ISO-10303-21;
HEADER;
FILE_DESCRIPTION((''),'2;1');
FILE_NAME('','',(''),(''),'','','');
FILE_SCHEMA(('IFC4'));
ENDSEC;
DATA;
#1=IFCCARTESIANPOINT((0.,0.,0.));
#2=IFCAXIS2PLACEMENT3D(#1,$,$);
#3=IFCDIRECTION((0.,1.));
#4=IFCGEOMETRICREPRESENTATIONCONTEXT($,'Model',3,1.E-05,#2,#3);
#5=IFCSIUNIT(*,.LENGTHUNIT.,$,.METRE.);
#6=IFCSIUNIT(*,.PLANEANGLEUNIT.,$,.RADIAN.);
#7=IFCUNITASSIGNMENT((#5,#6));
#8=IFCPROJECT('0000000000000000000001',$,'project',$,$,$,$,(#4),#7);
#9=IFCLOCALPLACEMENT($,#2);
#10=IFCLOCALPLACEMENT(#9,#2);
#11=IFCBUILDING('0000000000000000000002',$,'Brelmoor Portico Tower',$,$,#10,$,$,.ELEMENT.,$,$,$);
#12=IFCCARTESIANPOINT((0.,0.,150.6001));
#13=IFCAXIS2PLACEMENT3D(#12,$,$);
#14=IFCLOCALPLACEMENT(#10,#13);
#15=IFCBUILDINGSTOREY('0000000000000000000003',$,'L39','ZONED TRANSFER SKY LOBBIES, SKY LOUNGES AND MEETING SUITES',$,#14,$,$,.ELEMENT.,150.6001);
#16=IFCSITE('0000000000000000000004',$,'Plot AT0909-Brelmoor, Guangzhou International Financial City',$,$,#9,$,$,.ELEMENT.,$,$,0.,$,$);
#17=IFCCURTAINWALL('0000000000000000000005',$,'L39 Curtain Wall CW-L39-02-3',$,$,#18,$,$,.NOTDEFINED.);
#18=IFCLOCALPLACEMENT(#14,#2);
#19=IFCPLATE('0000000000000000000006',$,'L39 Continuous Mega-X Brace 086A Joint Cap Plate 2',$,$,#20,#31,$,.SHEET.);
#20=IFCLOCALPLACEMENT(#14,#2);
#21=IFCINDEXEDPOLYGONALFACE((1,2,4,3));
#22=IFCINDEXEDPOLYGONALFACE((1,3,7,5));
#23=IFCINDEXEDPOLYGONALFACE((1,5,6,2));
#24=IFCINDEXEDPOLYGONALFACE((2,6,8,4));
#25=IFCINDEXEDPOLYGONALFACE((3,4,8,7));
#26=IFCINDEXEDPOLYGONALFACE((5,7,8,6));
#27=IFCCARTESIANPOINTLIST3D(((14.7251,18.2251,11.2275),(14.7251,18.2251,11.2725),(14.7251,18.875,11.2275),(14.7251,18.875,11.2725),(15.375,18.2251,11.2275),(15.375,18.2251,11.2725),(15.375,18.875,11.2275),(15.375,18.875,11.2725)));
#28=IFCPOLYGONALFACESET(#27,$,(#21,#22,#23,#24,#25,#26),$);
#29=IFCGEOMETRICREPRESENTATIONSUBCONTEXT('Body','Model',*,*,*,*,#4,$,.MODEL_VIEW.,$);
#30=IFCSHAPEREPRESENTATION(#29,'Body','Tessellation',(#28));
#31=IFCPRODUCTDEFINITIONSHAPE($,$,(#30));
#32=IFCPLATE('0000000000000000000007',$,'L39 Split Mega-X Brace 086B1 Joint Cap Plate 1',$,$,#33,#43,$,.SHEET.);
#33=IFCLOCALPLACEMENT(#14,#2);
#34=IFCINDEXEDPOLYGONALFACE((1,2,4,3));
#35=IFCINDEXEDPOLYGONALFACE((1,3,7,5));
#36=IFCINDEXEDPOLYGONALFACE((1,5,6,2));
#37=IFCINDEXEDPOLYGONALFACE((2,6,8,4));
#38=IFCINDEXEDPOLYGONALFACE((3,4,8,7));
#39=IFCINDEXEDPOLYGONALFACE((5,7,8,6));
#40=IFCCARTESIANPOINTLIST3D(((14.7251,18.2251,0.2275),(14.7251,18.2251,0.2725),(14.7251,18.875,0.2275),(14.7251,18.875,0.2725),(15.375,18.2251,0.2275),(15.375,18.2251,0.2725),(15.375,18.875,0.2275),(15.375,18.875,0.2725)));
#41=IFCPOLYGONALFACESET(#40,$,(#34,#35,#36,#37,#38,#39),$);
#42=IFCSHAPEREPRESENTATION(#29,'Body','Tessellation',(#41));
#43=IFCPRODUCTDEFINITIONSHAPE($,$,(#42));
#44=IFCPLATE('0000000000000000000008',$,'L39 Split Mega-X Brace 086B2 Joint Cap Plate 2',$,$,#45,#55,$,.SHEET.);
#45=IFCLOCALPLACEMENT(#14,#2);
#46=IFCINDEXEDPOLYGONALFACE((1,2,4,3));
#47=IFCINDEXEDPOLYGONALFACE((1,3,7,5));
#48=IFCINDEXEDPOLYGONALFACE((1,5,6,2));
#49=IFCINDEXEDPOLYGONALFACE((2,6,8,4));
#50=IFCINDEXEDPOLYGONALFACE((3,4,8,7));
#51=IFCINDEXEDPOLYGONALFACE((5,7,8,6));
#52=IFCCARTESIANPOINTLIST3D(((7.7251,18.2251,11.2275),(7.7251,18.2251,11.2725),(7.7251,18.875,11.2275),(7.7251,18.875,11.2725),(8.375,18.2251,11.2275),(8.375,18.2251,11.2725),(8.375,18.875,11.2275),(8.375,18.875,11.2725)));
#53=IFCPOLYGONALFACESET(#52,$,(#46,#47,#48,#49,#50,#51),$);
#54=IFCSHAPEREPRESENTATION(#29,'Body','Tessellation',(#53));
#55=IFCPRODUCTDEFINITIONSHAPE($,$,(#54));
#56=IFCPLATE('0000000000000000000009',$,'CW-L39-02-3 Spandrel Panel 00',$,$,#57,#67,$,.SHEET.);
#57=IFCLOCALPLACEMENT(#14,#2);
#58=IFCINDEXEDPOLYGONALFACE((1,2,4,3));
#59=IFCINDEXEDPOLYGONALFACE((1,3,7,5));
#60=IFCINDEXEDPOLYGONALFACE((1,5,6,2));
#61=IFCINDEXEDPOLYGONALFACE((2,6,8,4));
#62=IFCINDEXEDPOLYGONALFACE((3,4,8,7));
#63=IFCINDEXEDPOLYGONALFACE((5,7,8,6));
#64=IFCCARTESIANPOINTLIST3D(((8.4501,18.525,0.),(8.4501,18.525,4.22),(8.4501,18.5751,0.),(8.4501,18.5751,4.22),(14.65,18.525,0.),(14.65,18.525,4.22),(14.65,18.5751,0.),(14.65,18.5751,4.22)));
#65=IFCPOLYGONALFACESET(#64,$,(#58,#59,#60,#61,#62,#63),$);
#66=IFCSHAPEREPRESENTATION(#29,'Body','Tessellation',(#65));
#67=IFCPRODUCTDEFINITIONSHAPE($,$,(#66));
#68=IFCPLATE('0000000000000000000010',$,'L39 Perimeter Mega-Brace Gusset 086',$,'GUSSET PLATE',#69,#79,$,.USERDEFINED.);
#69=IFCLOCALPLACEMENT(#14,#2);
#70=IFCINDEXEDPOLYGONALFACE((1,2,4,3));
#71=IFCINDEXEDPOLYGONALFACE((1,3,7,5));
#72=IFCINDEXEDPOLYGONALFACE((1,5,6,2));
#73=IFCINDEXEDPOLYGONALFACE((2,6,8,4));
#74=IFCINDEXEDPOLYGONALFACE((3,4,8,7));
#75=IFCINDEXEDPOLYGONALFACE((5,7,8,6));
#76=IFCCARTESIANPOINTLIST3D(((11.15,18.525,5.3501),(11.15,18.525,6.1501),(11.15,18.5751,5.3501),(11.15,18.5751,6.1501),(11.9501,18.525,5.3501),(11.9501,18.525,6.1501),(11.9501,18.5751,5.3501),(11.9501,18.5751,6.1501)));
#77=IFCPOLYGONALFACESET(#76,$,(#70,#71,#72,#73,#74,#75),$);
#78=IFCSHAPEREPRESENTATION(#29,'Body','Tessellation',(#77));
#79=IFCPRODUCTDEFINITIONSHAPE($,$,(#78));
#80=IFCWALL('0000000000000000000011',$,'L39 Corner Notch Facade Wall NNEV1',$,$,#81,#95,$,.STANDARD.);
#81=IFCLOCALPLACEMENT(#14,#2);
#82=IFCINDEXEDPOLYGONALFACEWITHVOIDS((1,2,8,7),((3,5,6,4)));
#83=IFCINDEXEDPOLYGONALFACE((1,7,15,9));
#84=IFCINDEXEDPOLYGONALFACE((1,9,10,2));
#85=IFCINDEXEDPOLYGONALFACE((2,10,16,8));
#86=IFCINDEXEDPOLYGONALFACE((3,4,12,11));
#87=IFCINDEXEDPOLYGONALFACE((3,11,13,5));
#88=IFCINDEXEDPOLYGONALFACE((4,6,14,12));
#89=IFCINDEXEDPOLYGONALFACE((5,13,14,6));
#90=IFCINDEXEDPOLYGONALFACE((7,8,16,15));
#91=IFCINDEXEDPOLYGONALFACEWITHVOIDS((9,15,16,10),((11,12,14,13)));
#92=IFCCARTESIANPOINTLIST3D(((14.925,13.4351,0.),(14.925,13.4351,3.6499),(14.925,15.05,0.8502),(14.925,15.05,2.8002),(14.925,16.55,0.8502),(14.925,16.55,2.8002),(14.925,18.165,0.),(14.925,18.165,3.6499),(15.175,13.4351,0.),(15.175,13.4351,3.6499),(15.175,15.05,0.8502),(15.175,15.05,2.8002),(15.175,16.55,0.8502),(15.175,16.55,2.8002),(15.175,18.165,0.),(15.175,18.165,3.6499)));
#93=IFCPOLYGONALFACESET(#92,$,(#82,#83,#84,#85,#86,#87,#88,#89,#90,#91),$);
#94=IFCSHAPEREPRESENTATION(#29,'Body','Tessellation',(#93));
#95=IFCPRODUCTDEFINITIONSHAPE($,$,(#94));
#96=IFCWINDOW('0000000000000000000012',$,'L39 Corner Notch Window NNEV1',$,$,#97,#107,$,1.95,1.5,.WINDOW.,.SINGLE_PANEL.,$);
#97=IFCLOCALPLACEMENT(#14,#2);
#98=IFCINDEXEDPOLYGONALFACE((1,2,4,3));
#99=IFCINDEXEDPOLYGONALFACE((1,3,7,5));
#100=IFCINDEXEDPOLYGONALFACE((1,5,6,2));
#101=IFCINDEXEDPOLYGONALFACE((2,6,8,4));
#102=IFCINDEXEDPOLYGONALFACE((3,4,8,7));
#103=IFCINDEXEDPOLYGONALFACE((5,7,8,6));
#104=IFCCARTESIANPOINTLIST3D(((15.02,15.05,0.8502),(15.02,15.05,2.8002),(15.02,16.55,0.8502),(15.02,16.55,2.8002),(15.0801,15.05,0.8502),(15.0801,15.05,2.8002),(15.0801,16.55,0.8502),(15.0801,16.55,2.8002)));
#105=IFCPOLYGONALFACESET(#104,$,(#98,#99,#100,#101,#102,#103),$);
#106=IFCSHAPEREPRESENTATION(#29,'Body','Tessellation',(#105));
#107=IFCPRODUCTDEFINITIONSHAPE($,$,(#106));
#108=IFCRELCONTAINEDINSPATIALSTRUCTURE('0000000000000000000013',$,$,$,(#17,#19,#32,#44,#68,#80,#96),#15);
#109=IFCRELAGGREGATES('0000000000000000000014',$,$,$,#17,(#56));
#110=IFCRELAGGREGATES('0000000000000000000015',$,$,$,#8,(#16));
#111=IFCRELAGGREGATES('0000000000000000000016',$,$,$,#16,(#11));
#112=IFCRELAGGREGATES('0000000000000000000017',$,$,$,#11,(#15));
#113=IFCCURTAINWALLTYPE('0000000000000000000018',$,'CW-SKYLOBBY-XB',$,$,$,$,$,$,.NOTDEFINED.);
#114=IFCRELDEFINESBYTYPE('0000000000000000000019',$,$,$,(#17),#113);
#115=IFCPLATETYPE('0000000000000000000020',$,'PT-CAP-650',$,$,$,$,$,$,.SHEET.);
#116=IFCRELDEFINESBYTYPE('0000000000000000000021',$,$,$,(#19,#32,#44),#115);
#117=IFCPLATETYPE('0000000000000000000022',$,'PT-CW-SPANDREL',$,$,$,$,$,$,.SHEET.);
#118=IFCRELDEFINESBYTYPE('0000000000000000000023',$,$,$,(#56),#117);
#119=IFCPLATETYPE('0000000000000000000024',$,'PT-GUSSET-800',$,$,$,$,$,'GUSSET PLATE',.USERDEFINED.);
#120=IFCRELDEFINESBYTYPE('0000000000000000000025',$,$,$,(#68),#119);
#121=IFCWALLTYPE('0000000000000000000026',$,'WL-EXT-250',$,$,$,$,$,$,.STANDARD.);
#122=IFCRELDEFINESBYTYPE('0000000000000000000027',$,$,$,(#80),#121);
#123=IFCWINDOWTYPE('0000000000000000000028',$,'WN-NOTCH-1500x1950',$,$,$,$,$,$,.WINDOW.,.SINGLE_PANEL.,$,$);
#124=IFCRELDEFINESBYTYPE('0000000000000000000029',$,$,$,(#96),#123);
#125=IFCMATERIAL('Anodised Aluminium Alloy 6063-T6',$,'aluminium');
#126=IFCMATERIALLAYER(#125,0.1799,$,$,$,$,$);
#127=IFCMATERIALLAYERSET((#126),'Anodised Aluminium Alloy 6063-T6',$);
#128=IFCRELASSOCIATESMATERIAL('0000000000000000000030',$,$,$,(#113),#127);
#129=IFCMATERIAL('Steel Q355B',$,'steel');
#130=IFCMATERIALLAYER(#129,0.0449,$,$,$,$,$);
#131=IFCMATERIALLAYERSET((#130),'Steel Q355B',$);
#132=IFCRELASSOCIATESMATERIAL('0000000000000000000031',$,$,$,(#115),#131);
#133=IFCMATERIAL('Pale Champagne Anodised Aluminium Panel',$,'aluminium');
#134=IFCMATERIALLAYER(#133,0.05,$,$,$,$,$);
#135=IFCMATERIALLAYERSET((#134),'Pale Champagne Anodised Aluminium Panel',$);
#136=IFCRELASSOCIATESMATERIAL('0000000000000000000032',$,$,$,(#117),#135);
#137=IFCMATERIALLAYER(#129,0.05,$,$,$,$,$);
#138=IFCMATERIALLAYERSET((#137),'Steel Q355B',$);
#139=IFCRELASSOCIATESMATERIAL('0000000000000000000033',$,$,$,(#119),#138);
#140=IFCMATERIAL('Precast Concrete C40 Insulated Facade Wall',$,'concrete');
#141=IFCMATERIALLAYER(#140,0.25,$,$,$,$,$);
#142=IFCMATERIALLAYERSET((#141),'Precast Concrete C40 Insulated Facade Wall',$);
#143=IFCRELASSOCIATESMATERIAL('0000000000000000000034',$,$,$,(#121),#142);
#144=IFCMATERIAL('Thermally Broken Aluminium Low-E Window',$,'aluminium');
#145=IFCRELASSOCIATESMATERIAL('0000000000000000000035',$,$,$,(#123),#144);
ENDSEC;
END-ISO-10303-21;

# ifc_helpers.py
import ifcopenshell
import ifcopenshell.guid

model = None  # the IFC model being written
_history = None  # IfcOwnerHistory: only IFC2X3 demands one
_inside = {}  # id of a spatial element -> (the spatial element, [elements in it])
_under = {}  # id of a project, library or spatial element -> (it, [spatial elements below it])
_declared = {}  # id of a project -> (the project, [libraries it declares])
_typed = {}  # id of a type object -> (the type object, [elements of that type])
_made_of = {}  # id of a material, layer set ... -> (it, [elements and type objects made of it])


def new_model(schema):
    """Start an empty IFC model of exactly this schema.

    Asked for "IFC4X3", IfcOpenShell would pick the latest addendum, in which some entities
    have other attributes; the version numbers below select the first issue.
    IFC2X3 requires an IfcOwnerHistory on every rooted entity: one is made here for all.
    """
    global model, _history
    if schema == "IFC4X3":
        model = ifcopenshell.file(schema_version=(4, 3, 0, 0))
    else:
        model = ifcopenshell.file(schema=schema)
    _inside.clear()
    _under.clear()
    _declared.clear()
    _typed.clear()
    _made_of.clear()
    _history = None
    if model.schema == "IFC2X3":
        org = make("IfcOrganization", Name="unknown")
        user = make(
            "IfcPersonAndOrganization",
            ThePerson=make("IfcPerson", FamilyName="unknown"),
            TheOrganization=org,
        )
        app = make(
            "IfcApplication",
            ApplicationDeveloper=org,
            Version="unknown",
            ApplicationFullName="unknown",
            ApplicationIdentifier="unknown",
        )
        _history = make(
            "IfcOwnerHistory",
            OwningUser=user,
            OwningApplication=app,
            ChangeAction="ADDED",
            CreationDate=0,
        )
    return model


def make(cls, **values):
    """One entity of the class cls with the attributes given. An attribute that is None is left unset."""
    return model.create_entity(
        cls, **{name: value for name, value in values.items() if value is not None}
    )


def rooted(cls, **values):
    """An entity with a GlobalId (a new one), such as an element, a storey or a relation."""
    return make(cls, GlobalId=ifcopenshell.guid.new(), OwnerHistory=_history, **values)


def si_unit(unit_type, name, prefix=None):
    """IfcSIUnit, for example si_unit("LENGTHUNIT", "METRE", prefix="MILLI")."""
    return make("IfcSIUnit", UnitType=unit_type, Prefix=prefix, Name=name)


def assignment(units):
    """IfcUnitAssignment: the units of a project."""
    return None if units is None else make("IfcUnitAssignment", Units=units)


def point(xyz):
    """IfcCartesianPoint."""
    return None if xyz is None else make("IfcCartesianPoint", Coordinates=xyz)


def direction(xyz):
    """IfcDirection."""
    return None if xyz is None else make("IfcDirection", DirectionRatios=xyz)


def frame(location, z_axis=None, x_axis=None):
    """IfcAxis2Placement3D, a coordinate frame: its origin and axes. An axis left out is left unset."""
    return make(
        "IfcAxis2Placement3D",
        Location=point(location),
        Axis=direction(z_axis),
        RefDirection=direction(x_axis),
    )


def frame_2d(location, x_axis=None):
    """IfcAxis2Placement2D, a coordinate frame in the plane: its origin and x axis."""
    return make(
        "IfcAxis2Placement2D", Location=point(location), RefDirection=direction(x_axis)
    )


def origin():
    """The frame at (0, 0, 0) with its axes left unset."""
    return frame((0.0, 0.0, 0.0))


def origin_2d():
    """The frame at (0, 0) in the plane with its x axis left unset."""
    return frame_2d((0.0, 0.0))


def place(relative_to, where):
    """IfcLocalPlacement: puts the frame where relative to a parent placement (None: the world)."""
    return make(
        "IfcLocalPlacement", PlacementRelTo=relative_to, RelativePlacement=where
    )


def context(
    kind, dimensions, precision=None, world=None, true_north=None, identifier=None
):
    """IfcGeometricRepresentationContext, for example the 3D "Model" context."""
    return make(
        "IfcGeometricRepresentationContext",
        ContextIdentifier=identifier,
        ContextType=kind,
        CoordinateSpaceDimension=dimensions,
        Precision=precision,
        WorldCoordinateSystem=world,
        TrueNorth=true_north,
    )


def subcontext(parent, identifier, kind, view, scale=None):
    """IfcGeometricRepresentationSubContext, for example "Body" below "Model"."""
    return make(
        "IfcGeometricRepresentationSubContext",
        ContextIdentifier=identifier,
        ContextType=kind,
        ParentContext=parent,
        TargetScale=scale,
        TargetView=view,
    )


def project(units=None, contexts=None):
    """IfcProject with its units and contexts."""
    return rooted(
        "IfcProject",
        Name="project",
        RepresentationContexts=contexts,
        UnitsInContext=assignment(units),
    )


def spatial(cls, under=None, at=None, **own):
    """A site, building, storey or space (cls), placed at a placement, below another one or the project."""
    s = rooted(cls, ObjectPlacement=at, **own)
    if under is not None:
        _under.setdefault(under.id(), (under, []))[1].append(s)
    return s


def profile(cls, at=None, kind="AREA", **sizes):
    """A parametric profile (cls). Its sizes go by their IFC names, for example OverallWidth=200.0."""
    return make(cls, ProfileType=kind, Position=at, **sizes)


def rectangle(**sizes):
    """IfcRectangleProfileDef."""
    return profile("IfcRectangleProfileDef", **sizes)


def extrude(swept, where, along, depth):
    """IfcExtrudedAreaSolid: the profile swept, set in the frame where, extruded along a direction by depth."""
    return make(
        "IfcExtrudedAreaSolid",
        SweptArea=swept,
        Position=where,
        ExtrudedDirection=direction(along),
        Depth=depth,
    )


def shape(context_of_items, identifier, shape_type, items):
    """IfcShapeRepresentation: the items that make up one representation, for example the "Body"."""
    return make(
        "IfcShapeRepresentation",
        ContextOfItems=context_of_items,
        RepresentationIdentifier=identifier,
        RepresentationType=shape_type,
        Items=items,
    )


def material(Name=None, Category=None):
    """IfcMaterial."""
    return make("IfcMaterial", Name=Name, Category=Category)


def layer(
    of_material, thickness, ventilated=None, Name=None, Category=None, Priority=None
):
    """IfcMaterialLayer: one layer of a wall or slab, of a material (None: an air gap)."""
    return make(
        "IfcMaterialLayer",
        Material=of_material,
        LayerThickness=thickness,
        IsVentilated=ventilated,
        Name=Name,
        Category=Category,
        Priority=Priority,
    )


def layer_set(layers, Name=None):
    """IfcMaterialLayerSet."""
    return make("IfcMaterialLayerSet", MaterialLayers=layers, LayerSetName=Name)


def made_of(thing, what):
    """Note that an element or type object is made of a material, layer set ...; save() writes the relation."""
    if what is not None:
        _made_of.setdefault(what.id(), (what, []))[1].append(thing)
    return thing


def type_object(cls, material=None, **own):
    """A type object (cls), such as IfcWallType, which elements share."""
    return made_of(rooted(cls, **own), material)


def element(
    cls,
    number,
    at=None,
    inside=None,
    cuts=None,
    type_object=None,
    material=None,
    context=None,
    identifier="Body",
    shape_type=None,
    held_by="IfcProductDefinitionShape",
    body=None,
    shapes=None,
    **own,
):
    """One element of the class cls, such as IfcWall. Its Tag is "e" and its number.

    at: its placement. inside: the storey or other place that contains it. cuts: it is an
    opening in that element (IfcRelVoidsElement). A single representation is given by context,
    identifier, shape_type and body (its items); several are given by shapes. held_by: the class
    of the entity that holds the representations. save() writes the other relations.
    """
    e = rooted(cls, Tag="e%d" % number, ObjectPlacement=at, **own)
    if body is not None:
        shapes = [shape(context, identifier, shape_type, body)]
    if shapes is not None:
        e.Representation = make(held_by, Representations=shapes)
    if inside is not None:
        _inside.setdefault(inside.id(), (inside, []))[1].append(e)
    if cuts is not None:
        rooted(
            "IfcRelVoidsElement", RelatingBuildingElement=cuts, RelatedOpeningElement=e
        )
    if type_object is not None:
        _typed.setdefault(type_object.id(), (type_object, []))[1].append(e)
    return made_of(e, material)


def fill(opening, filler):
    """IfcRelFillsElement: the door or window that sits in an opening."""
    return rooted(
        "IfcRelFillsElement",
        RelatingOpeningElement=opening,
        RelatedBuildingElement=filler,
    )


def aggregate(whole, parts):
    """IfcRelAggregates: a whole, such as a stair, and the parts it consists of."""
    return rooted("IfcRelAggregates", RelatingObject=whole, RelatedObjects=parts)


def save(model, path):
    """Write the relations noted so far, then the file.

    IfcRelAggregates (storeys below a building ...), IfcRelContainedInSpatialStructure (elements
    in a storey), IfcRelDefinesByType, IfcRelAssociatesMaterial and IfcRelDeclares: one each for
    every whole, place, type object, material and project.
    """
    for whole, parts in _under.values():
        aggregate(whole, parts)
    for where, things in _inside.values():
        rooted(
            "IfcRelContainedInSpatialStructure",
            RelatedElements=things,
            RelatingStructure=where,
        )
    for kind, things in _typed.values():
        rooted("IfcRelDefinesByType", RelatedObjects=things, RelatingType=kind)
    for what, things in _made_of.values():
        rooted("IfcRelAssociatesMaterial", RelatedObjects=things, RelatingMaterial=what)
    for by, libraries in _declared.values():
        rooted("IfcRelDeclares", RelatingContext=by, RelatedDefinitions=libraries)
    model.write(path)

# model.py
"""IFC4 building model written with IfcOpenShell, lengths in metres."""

from ifc_helpers import new_model, si_unit, direction, frame, frame_2d, origin, origin_2d, place, context, subcontext, project, spatial, rectangle, extrude, material, layer, layer_set, type_object, element, fill, aggregate, save


model = new_model("IFC4")

# Units and contexts
model_context = context("Model", 3, precision=1e-05, world=origin(), true_north=direction((0.0, 1.0)))
body_context = subcontext(model_context, "Body", "Model", "MODEL_VIEW")
ifc_project = project(units=[si_unit("LENGTHUNIT", "METRE"), si_unit("PLANEANGLEUNIT", "RADIAN")], contexts=[model_context])

# Site, building, storey
site_placement = place(None, origin())
site = spatial("IfcSite", under=ifc_project, at=site_placement, Name="Plot AT0909-Brelmoor, Guangzhou International Financial City", CompositionType="ELEMENT", RefElevation=0.0)
building_placement = place(site_placement, origin())
building = spatial("IfcBuilding", under=site, at=building_placement, Name="Brelmoor Portico Tower", CompositionType="ELEMENT")
storey_placement = place(building_placement, frame((0.0, 0.0, 150.6001)))
storey = spatial("IfcBuildingStorey", under=building, at=storey_placement, Name="L39", Description="ZONED TRANSFER SKY LOBBIES, SKY LOUNGES AND MEETING SUITES", CompositionType="ELEMENT", Elevation=150.6001)

# Shared definitions
ifc_material_1 = material(Name="Steel Q355B", Category="steel")

# Shared definitions
ifc_material_2 = material(Name="Anodised Aluminium Alloy 6063-T6", Category="aluminium")

# Curtain wall
ifc_layer_1 = layer(ifc_material_2, 0.1799)
ifc_layer_set_1 = layer_set([ifc_layer_1], Name="Anodised Aluminium Alloy 6063-T6")
curtain_wall_type_1 = type_object("IfcCurtainWallType", Name="CW-SKYLOBBY-XB", PredefinedType="NOTDEFINED", material=ifc_layer_set_1)
curtain_wall_1_placement = place(storey_placement, origin())
curtain_wall_1 = element("IfcCurtainWall", 1, at=curtain_wall_1_placement, inside=storey, type_object=curtain_wall_type_1, Name="L39 Curtain Wall CW-L39-02-3", PredefinedType="NOTDEFINED")

# Plates
ifc_layer_2 = layer(ifc_material_1, 0.0449)
ifc_layer_set_2 = layer_set([ifc_layer_2], Name="Steel Q355B")
plate_type_1 = type_object("IfcPlateType", Name="PT-CAP-650", PredefinedType="SHEET", material=ifc_layer_set_2)
for number, where, z_axis, x_axis, name in (
    (2, (15.05, 18.55, 11.2275), (0.0, 0.0, 1.0), (1.0, 0.0, 0.0), "L39 Continuous Mega-X Brace 086A Joint Cap Plate 2"),
    (3, (15.05, 18.55, 0.2275), (0.0, 0.0, 1.0), (1.0, 0.0, 0.0), "L39 Split Mega-X Brace 086B1 Joint Cap Plate 1"),
    (4, (8.05, 18.55, 11.2275), (0.0, 0.0, 1.0), (1.0, 0.0, 0.0), "L39 Split Mega-X Brace 086B2 Joint Cap Plate 2"),
):
    element("IfcPlate", number, at=place(storey_placement, frame(where, z_axis=z_axis, x_axis=x_axis)), inside=storey, type_object=plate_type_1, Name=name, PredefinedType="SHEET", context=body_context, shape_type="SweptSolid", body=[
        extrude(rectangle(XDim=0.6499, YDim=0.6499, at=origin_2d()), origin(), (0.0, 0.0, 1.0), 0.0449),
    ])

# Plates
ifc_material_3 = material(Name="Pale Champagne Anodised Aluminium Panel", Category="aluminium")
ifc_layer_3 = layer(ifc_material_3, 0.05)
ifc_layer_set_3 = layer_set([ifc_layer_3], Name="Pale Champagne Anodised Aluminium Panel")
plate_type_2 = type_object("IfcPlateType", Name="PT-CW-SPANDREL", PredefinedType="SHEET", material=ifc_layer_set_3)
plate_1_placement = place(storey_placement, frame((11.55, 18.55, 0.0), z_axis=(0.0, 0.0, 1.0), x_axis=(1.0, 0.0, 0.0)))
plate_1 = element("IfcPlate", 5, at=plate_1_placement, type_object=plate_type_2, Name="CW-L39-02-3 Spandrel Panel 00", PredefinedType="SHEET", context=body_context, shape_type="SweptSolid", body=[
    extrude(rectangle(XDim=6.2, YDim=0.05, at=origin_2d()), origin(), (0.0, 0.0, 1.0), 4.22),
])
aggregate(curtain_wall_1, [plate_1])
ifc_layer_4 = layer(ifc_material_1, 0.05)
ifc_layer_set_4 = layer_set([ifc_layer_4], Name="Steel Q355B")
plate_type_3 = type_object("IfcPlateType", Name="PT-GUSSET-800", ElementType="GUSSET PLATE", PredefinedType="USERDEFINED", material=ifc_layer_set_4)
plate_2_placement = place(storey_placement, frame((11.55, 18.55, 5.3501), z_axis=(0.0, 0.0, 1.0), x_axis=(1.0, 0.0, 0.0)))
element("IfcPlate", 6, at=plate_2_placement, inside=storey, type_object=plate_type_3, Name="L39 Perimeter Mega-Brace Gusset 086", ObjectType="GUSSET PLATE", PredefinedType="USERDEFINED", context=body_context, shape_type="SweptSolid", body=[
    extrude(rectangle(XDim=0.8, YDim=0.05, at=origin_2d()), origin(), (0.0, 0.0, 1.0), 0.8),
])

# Wall, opening, window
ifc_material_4 = material(Name="Precast Concrete C40 Insulated Facade Wall", Category="concrete")
ifc_layer_5 = layer(ifc_material_4, 0.25)
ifc_layer_set_5 = layer_set([ifc_layer_5], Name="Precast Concrete C40 Insulated Facade Wall")
wall_type_1 = type_object("IfcWallType", Name="WL-EXT-250", PredefinedType="STANDARD", material=ifc_layer_set_5)
wall_1_placement = place(storey_placement, frame((15.05, 13.4351, 0.0), z_axis=(0.0, 0.0, 1.0), x_axis=(0.0, 1.0, 0.0)))
wall_1 = element("IfcWall", 7, at=wall_1_placement, inside=storey, type_object=wall_type_1, Name="L39 Corner Notch Facade Wall NNEV1", PredefinedType="STANDARD", context=body_context, shape_type="SweptSolid", body=[
    extrude(rectangle(XDim=4.73, YDim=0.25, at=frame_2d((2.365, 0.0))), origin(), (0.0, 0.0, 1.0), 3.6499),
])
opening_1_placement = place(wall_1_placement, frame((1.615, 0.0, 0.8501)))
opening_1 = element("IfcOpeningElement", 8, at=opening_1_placement, cuts=wall_1, PredefinedType="OPENING", context=body_context, shape_type="SweptSolid", body=[
    extrude(rectangle(XDim=1.5, YDim=1.95, at=frame_2d((0.75, 0.9751))), frame((0.0, 0.135, 0.0), z_axis=(0.0, -1.0, 0.0), x_axis=(1.0, 0.0, 0.0)), (0.0, 0.0, 1.0), 0.27),
])
ifc_material_5 = material(Name="Thermally Broken Aluminium Low-E Window", Category="aluminium")
window_type = type_object("IfcWindowType", Name="WN-NOTCH-1500x1950", PartitioningType="SINGLE_PANEL", PredefinedType="WINDOW", material=ifc_material_5)
window_placement = place(opening_1_placement, origin())
window = element("IfcWindow", 9, at=window_placement, inside=storey, type_object=window_type, Name="L39 Corner Notch Window NNEV1", OverallHeight=1.95, OverallWidth=1.5, PartitioningType="SINGLE_PANEL", PredefinedType="WINDOW", context=body_context, shape_type="SweptSolid", body=[
    extrude(rectangle(XDim=1.5, YDim=1.95, at=frame_2d((0.75, 0.9751))), frame((0.0, 0.03, 0.0), z_axis=(0.0, -1.0, 0.0), x_axis=(1.0, 0.0, 0.0)), (0.0, 0.0, 1.0), 0.0601),
])
fill(opening_1, window)

save(model, "model.ifc")
